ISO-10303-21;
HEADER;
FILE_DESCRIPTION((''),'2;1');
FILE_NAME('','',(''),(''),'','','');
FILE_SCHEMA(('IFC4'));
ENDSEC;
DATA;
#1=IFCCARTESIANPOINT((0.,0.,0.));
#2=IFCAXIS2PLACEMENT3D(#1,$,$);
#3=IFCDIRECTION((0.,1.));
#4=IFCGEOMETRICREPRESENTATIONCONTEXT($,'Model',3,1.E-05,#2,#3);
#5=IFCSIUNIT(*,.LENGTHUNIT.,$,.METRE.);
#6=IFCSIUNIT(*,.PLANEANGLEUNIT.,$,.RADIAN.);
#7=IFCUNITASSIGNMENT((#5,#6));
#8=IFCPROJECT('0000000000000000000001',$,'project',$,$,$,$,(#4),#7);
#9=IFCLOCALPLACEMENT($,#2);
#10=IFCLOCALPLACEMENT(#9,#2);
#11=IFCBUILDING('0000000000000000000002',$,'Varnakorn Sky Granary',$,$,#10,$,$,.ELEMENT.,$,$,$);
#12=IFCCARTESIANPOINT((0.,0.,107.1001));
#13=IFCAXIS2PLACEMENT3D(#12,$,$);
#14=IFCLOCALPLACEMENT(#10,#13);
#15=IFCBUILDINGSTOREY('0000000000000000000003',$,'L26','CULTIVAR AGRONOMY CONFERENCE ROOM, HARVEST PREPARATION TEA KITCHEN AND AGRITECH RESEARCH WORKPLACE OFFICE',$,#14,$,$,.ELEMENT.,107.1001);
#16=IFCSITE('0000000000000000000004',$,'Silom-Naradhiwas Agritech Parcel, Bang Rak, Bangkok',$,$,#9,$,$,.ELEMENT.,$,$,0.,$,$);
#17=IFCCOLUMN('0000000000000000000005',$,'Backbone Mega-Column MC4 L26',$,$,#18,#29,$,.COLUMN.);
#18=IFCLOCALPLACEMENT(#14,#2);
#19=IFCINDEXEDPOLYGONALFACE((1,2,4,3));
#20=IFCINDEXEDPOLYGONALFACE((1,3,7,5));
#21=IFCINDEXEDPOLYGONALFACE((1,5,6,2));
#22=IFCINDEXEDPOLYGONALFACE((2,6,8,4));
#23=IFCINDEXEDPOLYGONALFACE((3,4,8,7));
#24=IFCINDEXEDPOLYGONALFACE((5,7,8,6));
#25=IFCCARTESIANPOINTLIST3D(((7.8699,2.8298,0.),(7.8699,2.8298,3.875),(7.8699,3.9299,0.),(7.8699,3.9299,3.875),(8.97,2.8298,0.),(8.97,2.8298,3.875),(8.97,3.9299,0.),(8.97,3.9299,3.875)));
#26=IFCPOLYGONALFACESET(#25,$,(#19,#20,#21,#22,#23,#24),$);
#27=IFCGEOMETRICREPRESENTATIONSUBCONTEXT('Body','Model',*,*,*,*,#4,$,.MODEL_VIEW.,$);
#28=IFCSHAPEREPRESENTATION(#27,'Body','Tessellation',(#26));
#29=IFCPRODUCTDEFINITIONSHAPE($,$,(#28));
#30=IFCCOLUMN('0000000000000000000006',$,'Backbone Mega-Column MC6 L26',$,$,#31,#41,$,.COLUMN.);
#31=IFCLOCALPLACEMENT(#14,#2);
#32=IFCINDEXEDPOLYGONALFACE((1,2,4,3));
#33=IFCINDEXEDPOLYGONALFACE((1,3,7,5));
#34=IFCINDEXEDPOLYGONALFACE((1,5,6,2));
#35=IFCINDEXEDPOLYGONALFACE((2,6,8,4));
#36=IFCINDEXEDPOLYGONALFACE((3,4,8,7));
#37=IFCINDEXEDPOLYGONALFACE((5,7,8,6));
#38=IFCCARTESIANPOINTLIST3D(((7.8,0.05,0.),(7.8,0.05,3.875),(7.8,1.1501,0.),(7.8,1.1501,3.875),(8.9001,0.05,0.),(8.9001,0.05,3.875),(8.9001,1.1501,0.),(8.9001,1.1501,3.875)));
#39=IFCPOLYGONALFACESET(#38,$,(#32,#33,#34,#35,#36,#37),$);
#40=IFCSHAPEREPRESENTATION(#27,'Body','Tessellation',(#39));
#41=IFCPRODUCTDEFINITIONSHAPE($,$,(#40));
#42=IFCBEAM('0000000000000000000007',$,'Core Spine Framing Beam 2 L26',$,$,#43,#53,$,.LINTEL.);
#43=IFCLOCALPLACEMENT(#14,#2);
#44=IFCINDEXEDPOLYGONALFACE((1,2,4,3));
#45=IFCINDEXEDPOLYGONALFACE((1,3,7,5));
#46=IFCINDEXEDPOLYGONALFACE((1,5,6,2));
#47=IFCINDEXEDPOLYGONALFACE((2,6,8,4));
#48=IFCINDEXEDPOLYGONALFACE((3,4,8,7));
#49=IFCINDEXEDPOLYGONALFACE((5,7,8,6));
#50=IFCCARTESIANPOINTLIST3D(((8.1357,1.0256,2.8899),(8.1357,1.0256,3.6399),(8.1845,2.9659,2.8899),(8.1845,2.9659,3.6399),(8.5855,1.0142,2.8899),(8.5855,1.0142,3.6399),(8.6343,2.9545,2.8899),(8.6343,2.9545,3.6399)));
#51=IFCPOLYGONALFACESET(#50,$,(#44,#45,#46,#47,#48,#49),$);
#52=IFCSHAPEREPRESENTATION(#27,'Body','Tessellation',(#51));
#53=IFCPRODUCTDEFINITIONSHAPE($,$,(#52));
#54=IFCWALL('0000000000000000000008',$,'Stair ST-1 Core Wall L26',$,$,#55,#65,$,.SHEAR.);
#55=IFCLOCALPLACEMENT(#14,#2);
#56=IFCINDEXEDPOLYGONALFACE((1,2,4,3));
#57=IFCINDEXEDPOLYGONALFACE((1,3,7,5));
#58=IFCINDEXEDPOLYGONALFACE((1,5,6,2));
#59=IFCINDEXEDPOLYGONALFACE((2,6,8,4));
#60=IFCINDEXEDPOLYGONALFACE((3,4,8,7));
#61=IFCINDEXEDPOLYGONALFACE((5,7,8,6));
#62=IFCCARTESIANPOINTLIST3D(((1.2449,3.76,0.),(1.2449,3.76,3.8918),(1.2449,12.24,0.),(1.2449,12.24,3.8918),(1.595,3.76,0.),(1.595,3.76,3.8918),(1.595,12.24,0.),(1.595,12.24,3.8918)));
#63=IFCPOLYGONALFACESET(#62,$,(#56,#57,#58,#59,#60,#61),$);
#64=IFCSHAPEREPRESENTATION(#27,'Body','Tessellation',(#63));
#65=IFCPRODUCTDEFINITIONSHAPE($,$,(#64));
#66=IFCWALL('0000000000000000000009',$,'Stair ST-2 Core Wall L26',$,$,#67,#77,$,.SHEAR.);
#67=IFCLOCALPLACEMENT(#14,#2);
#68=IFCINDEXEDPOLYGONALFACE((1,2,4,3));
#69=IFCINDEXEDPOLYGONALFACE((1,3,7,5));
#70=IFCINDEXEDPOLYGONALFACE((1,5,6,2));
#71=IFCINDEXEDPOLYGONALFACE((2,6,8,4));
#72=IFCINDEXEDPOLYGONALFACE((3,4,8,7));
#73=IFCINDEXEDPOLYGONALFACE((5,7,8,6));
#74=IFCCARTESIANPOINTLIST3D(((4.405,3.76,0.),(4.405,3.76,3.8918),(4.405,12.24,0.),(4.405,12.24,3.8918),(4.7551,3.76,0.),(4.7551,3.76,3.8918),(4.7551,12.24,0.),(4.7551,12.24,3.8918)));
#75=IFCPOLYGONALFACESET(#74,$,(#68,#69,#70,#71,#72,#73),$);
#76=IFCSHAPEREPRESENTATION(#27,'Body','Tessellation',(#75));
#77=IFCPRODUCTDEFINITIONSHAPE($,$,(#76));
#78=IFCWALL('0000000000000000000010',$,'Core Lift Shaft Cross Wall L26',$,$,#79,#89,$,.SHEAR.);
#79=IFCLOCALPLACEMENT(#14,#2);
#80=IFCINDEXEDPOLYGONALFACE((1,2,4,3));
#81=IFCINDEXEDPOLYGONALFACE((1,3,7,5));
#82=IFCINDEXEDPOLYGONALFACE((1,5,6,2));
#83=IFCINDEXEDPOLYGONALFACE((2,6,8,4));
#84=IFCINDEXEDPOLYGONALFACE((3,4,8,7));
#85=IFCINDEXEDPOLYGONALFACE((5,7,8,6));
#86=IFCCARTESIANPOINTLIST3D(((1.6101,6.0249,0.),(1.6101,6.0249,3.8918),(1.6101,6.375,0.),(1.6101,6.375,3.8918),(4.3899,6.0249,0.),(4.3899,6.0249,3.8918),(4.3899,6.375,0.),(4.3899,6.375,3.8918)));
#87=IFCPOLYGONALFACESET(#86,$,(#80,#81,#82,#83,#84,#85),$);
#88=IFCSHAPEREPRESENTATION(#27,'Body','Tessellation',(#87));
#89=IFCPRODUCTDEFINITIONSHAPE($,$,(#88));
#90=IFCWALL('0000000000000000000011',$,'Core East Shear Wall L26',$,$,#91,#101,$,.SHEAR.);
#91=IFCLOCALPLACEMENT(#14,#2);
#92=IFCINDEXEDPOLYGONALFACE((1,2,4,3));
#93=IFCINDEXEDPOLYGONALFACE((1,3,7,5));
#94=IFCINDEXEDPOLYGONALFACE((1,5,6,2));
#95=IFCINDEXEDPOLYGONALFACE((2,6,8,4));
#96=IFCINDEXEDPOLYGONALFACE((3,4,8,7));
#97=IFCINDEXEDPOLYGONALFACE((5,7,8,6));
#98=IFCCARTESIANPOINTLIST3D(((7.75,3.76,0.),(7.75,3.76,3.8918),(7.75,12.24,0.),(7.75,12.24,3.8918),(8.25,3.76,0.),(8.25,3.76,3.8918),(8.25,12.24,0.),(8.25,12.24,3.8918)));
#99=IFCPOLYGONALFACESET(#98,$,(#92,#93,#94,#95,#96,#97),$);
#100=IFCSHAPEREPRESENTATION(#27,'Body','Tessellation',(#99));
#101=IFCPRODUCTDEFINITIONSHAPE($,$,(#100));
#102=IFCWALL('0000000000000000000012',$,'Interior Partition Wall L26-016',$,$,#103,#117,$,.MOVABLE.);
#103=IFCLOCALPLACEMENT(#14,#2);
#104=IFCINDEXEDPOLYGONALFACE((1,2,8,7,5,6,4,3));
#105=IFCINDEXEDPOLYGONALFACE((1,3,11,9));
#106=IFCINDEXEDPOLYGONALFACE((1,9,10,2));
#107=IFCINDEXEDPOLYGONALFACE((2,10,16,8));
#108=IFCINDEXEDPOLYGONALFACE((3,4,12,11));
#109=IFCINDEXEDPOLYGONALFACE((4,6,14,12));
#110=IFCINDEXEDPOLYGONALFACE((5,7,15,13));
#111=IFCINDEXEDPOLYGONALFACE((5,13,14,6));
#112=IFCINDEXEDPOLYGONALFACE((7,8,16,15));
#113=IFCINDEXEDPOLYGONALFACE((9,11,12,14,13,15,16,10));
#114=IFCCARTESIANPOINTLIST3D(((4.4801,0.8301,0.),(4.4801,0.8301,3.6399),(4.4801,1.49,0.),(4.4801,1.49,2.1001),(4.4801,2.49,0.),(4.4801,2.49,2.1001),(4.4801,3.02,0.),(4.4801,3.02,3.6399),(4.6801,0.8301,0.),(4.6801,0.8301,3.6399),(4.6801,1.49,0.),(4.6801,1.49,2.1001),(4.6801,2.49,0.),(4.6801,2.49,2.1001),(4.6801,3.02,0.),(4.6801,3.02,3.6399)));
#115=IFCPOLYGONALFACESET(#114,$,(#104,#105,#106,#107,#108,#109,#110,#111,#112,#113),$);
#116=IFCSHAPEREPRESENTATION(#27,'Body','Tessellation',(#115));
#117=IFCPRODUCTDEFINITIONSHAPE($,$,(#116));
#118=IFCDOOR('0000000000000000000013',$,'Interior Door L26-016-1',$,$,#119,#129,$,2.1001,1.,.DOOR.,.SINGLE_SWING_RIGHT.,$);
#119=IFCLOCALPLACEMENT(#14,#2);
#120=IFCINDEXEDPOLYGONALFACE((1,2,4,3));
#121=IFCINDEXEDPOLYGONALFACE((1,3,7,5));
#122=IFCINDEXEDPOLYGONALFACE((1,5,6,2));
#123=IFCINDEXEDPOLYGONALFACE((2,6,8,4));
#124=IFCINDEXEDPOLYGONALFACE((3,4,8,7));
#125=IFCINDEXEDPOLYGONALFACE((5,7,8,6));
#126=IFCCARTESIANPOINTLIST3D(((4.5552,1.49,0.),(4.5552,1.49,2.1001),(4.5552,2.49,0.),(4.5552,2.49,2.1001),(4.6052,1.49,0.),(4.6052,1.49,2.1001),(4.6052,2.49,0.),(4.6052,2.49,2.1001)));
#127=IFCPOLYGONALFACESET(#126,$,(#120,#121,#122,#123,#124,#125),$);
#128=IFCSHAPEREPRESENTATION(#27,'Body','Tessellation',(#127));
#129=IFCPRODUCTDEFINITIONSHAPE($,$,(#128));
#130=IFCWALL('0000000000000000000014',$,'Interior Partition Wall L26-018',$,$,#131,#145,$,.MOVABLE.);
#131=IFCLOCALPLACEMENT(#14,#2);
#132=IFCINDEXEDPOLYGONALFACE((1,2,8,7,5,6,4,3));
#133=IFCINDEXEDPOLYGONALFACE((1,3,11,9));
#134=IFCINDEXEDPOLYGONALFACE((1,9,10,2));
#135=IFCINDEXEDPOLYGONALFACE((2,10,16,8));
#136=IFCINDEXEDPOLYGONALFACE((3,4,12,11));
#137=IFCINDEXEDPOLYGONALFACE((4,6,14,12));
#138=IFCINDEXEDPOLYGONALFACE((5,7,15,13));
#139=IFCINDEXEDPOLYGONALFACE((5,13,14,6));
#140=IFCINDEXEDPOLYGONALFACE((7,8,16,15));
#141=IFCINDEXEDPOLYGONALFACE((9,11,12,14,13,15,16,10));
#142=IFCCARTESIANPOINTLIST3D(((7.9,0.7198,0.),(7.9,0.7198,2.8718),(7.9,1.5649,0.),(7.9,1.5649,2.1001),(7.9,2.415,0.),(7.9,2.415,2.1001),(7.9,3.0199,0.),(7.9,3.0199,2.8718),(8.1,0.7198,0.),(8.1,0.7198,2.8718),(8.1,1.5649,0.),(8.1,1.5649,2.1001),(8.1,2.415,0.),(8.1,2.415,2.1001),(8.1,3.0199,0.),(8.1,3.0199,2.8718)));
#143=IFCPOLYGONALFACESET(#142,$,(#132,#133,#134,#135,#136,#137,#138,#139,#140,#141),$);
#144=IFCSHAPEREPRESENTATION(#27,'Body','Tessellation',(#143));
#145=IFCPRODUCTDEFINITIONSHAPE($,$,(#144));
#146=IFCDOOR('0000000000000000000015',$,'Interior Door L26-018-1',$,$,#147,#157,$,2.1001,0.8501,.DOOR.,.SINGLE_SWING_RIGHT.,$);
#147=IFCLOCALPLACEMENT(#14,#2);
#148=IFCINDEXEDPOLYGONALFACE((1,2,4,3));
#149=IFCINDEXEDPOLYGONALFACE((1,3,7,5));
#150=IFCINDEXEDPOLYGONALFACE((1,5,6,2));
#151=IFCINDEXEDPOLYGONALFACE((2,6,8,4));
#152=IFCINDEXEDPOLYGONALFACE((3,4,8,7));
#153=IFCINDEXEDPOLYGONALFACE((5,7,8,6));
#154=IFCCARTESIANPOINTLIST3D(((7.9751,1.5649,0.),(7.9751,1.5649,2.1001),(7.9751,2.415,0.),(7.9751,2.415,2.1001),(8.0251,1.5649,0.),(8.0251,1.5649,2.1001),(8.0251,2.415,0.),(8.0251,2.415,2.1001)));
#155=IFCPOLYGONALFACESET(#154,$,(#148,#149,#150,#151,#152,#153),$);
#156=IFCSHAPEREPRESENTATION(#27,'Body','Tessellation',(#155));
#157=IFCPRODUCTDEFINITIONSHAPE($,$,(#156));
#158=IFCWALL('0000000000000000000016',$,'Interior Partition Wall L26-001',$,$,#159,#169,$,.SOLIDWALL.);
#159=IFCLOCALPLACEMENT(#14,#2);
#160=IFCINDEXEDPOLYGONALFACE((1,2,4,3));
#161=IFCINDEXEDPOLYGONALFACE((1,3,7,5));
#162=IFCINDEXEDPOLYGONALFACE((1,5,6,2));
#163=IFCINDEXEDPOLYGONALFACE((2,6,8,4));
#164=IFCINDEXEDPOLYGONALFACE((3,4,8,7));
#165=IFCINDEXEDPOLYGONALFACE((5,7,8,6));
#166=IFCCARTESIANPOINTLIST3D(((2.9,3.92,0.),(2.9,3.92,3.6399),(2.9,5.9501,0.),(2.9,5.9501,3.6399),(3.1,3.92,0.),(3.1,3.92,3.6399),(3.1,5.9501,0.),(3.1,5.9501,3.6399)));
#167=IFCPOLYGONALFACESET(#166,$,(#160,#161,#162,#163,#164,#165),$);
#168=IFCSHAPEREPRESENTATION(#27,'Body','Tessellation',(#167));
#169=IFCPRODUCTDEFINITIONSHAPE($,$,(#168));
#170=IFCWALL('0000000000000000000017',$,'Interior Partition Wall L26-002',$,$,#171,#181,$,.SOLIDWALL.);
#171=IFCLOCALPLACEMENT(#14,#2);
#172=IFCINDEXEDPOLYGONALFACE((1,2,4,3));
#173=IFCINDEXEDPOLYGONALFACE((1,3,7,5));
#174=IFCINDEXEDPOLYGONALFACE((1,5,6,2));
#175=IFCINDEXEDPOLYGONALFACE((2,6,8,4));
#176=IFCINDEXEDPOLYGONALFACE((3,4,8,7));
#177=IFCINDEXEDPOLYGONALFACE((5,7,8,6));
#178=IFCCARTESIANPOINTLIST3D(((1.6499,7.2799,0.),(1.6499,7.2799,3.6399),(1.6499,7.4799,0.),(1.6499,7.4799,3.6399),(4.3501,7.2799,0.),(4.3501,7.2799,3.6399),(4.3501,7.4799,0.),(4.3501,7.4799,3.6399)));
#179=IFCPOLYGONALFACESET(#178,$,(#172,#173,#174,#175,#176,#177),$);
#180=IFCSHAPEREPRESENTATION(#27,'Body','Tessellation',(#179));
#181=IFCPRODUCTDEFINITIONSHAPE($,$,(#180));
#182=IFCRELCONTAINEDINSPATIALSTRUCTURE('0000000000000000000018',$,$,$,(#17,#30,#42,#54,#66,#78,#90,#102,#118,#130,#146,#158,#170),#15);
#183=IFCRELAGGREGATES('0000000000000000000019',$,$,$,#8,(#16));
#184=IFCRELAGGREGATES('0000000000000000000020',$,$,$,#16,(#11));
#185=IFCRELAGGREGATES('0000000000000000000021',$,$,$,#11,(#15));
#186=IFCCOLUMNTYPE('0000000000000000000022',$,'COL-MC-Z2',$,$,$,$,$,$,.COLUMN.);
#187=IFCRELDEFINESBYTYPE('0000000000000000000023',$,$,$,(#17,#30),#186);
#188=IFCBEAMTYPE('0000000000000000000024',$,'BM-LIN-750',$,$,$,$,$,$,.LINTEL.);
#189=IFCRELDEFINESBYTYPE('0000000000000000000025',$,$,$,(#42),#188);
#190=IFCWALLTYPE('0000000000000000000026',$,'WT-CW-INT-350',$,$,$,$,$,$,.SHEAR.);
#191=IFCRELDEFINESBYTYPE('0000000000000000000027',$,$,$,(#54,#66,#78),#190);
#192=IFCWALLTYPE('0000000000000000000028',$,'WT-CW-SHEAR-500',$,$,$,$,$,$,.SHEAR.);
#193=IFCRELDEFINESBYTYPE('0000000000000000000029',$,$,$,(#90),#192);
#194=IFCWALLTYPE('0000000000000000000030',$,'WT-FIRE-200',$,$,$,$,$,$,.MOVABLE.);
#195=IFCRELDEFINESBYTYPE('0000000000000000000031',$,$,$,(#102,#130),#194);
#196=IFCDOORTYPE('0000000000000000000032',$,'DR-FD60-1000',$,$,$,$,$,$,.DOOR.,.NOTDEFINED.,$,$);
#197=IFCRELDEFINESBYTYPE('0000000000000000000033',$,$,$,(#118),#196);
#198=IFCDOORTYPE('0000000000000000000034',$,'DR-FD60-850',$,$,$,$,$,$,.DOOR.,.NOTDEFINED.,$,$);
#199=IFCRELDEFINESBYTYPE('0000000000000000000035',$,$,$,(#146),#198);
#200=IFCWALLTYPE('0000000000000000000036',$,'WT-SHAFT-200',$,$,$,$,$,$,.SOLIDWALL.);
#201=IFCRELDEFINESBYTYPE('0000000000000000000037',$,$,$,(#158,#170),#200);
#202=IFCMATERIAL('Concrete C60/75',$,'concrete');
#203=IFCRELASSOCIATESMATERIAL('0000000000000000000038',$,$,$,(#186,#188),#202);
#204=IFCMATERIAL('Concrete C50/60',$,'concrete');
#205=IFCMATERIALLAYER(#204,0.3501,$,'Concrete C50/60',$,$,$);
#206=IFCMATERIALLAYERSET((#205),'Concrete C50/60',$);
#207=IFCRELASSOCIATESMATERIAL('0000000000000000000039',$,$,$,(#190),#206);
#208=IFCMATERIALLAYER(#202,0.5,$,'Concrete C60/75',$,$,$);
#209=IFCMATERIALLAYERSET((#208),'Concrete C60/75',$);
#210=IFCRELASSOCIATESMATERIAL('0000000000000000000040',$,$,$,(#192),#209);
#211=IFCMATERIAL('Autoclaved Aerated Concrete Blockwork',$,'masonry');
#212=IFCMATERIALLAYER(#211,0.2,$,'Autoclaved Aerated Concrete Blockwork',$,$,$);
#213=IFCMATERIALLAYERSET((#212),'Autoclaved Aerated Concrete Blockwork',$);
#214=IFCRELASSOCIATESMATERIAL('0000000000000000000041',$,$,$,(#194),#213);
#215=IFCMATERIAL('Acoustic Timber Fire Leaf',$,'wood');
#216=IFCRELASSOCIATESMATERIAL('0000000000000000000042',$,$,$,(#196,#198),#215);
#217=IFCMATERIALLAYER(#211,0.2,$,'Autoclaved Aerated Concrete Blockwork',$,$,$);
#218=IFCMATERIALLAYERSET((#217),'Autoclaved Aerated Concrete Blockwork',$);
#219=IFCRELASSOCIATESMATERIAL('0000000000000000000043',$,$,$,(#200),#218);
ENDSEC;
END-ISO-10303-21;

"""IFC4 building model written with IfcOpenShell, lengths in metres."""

from ifc_helpers import new_model, si_unit, direction, frame, frame_2d, origin, origin_2d, place, context, subcontext, project, spatial, rectangle, extrude, material, layer, layer_set, material_profile, profile_set, type_object, element, fill, save


model = new_model("IFC4")

# Units and contexts
model_context = context("Model", 3, precision=1e-05, world=origin(), true_north=direction((0.0, 1.0)))
body_context = subcontext(model_context, "Body", "Model", "MODEL_VIEW")
ifc_project = project(units=[si_unit("LENGTHUNIT", "METRE"), si_unit("PLANEANGLEUNIT", "RADIAN")], contexts=[model_context])

# Site, building, storey
site_placement = place(None, origin())
site = spatial("IfcSite", under=ifc_project, at=site_placement, Name="Silom-Naradhiwas Agritech Parcel, Bang Rak, Bangkok", CompositionType="ELEMENT", RefElevation=0.0)
building_placement = place(site_placement, origin())
building = spatial("IfcBuilding", under=site, at=building_placement, Name="Varnakorn Sky Granary", CompositionType="ELEMENT")
storey_placement = place(building_placement, frame((0.0, 0.0, 107.1001)))
storey = spatial("IfcBuildingStorey", under=building, at=storey_placement, Name="L26", Description="CULTIVAR AGRONOMY CONFERENCE ROOM, HARVEST PREPARATION TEA KITCHEN AND AGRITECH RESEARCH WORKPLACE OFFICE", CompositionType="ELEMENT", Elevation=107.1001)

# Columns
ifc_material_1 = material(Name="Concrete C60/75", Category="concrete")
ifc_material_profile_1 = material_profile(ifc_material_1, rectangle(XDim=1.1001, YDim=1.1001, at=origin_2d()), Name="RC 1100x1100")
ifc_profile_set_1 = profile_set([ifc_material_profile_1], Name="Concrete C60/75")
column_type = type_object("IfcColumnType", Name="COL-MC-Z2", PredefinedType="COLUMN", material=ifc_profile_set_1)
for number, where, z_axis, x_axis, name in (
    (1, (8.4199, 3.3799, 0.0), (0.0, 0.0, 1.0), (1.0, 0.0, 0.0), "Backbone Mega-Column MC4 L26"),
    (2, (8.3501, 0.6001, 0.0), (0.0, 0.0, 1.0), (1.0, 0.0, 0.0), "Backbone Mega-Column MC6 L26"),
):
    element("IfcColumn", number, at=place(storey_placement, frame(where, z_axis=z_axis, x_axis=x_axis)), inside=storey, type_object=column_type, Name=name, PredefinedType="COLUMN", context=body_context, shape_type="SweptSolid", body=[
        extrude(rectangle(XDim=1.1001, YDim=1.1001, at=origin_2d()), origin(), (0.0, 0.0, 1.0), 3.875),
    ])

# Beam
ifc_material_profile_2 = material_profile(ifc_material_1, rectangle(XDim=0.45, YDim=0.75, at=origin_2d()), Name="RC 450x750")
ifc_profile_set_2 = profile_set([ifc_material_profile_2], Name="Concrete C60/75")
beam_type = type_object("IfcBeamType", Name="BM-LIN-750", PredefinedType="LINTEL", material=ifc_profile_set_2)
beam_placement = place(storey_placement, frame((8.4094, 2.9602, 3.2649), z_axis=(-0.025159, -0.999683, 0.0), x_axis=(0.999683, -0.025159, 0.0)))
element("IfcBeam", 3, at=beam_placement, inside=storey, type_object=beam_type, Name="Core Spine Framing Beam 2 L26", PredefinedType="LINTEL", context=body_context, shape_type="SweptSolid", body=[
    extrude(rectangle(XDim=0.45, YDim=0.75, at=origin_2d()), origin(), (0.0, 0.0, 1.0), 1.9409),
])

# Walls
ifc_material_2 = material(Name="Concrete C50/60", Category="concrete")
ifc_layer_1 = layer(ifc_material_2, 0.3501, Name="Concrete C50/60")
ifc_layer_set_1 = layer_set([ifc_layer_1], Name="Concrete C50/60")
wall_type_1 = type_object("IfcWallType", Name="WT-CW-INT-350", PredefinedType="SHEAR", material=ifc_layer_set_1)
for number, where, z_axis, x_axis, name in (
    (4, (1.4199, 3.76, 0.0), (0.0, 0.0, 1.0), (0.0, 1.0, 0.0), "Stair ST-1 Core Wall L26"),
    (5, (4.5801, 3.76, 0.0), (0.0, 0.0, 1.0), (0.0, 1.0, 0.0), "Stair ST-2 Core Wall L26"),
):
    element("IfcWall", number, at=place(storey_placement, frame(where, z_axis=z_axis, x_axis=x_axis)), inside=storey, type_object=wall_type_1, Name=name, PredefinedType="SHEAR", context=body_context, shape_type="SweptSolid", body=[
        extrude(rectangle(XDim=8.48, YDim=0.3501, at=frame_2d((4.24, 0.0))), origin(), (0.0, 0.0, 1.0), 3.8918),
    ])
wall_1_placement = place(storey_placement, frame((1.6101, 6.2, 0.0), z_axis=(0.0, 0.0, 1.0), x_axis=(1.0, 0.0, 0.0)))
element("IfcWall", 6, at=wall_1_placement, inside=storey, type_object=wall_type_1, Name="Core Lift Shaft Cross Wall L26", PredefinedType="SHEAR", context=body_context, shape_type="SweptSolid", body=[
    extrude(rectangle(XDim=2.7798, YDim=0.3501, at=frame_2d((1.3899, 0.0))), origin(), (0.0, 0.0, 1.0), 3.8918),
])
ifc_layer_2 = layer(ifc_material_1, 0.5, Name="Concrete C60/75")
ifc_layer_set_2 = layer_set([ifc_layer_2], Name="Concrete C60/75")
wall_type_2 = type_object("IfcWallType", Name="WT-CW-SHEAR-500", PredefinedType="SHEAR", material=ifc_layer_set_2)
wall_2_placement = place(storey_placement, frame((8.0, 3.76, 0.0), z_axis=(0.0, 0.0, 1.0), x_axis=(0.0, 1.0, 0.0)))
element("IfcWall", 7, at=wall_2_placement, inside=storey, type_object=wall_type_2, Name="Core East Shear Wall L26", PredefinedType="SHEAR", context=body_context, shape_type="SweptSolid", body=[
    extrude(rectangle(XDim=8.48, YDim=0.5, at=frame_2d((4.24, 0.0))), origin(), (0.0, 0.0, 1.0), 3.8918),
])

# Walls, openings, doors
ifc_material_3 = material(Name="Autoclaved Aerated Concrete Blockwork", Category="masonry")
ifc_layer_3 = layer(ifc_material_3, 0.2, Name="Autoclaved Aerated Concrete Blockwork")
ifc_layer_set_3 = layer_set([ifc_layer_3], Name="Autoclaved Aerated Concrete Blockwork")
wall_type_3 = type_object("IfcWallType", Name="WT-FIRE-200", PredefinedType="MOVABLE", material=ifc_layer_set_3)
wall_3_placement = place(storey_placement, frame((4.5801, 0.8301, 0.0), z_axis=(0.0, 0.0, 1.0), x_axis=(0.0, 1.0, 0.0)))
wall_3 = element("IfcWall", 8, at=wall_3_placement, inside=storey, type_object=wall_type_3, Name="Interior Partition Wall L26-016", PredefinedType="MOVABLE", context=body_context, shape_type="SweptSolid", body=[
    extrude(rectangle(XDim=2.1899, YDim=0.2, at=frame_2d((1.095, 0.0))), origin(), (0.0, 0.0, 1.0), 3.6399),
])
opening_1_placement = place(wall_3_placement, frame((0.6599, 0.0, 0.0)))
opening_1 = element("IfcOpeningElement", 9, at=opening_1_placement, cuts=wall_3, PredefinedType="OPENING", context=body_context, shape_type="SweptSolid", body=[
    extrude(rectangle(XDim=1.0, YDim=2.1001, at=frame_2d((0.5, 1.05))), frame((0.0, 0.1099, 0.0), z_axis=(0.0, -1.0, 0.0), x_axis=(1.0, 0.0, 0.0)), (0.0, 0.0, 1.0), 0.22),
])
ifc_material_4 = material(Name="Acoustic Timber Fire Leaf", Category="wood")
door_type_1 = type_object("IfcDoorType", Name="DR-FD60-1000", OperationType="NOTDEFINED", PredefinedType="DOOR", material=ifc_material_4)
door_1_placement = place(opening_1_placement, origin())
door_1 = element("IfcDoor", 10, at=door_1_placement, inside=storey, type_object=door_type_1, Name="Interior Door L26-016-1", OperationType="SINGLE_SWING_RIGHT", OverallHeight=2.1001, OverallWidth=1.0, PredefinedType="DOOR", context=body_context, shape_type="SweptSolid", body=[
    extrude(rectangle(XDim=1.0, YDim=2.1001, at=frame_2d((0.5, 1.05))), frame((0.0, 0.0249, 0.0), z_axis=(0.0, -1.0, 0.0), x_axis=(1.0, 0.0, 0.0)), (0.0, 0.0, 1.0), 0.05),
])
fill(opening_1, door_1)
wall_4_placement = place(storey_placement, frame((8.0, 0.72, 0.0), z_axis=(0.0, 0.0, 1.0), x_axis=(0.0, 1.0, 0.0)))
wall_4 = element("IfcWall", 11, at=wall_4_placement, inside=storey, type_object=wall_type_3, Name="Interior Partition Wall L26-018", PredefinedType="MOVABLE", context=body_context, shape_type="SweptSolid", body=[
    extrude(rectangle(XDim=2.3, YDim=0.2, at=frame_2d((1.1499, 0.0))), origin(), (0.0, 0.0, 1.0), 2.8718),
])
opening_2_placement = place(wall_4_placement, frame((0.845, 0.0, 0.0)))
opening_2 = element("IfcOpeningElement", 12, at=opening_2_placement, cuts=wall_4, PredefinedType="OPENING", context=body_context, shape_type="SweptSolid", body=[
    extrude(rectangle(XDim=0.8501, YDim=2.1001, at=frame_2d((0.425, 1.05))), frame((0.0, 0.1099, 0.0), z_axis=(0.0, -1.0, 0.0), x_axis=(1.0, 0.0, 0.0)), (0.0, 0.0, 1.0), 0.22),
])
door_type_2 = type_object("IfcDoorType", Name="DR-FD60-850", OperationType="NOTDEFINED", PredefinedType="DOOR", material=ifc_material_4)
door_2_placement = place(opening_2_placement, origin())
door_2 = element("IfcDoor", 13, at=door_2_placement, inside=storey, type_object=door_type_2, Name="Interior Door L26-018-1", OperationType="SINGLE_SWING_RIGHT", OverallHeight=2.1001, OverallWidth=0.8501, PredefinedType="DOOR", context=body_context, shape_type="SweptSolid", body=[
    extrude(rectangle(XDim=0.8501, YDim=2.1001, at=frame_2d((0.425, 1.05))), frame((0.0, 0.0249, 0.0), z_axis=(0.0, -1.0, 0.0), x_axis=(1.0, 0.0, 0.0)), (0.0, 0.0, 1.0), 0.05),
])
fill(opening_2, door_2)

# Walls
ifc_layer_4 = layer(ifc_material_3, 0.2, Name="Autoclaved Aerated Concrete Blockwork")
ifc_layer_set_4 = layer_set([ifc_layer_4], Name="Autoclaved Aerated Concrete Blockwork")
wall_type_4 = type_object("IfcWallType", Name="WT-SHAFT-200", PredefinedType="SOLIDWALL", material=ifc_layer_set_4)
wall_5_placement = place(storey_placement, frame((3.0, 3.9199, 0.0), z_axis=(0.0, 0.0, 1.0), x_axis=(0.0, 1.0, 0.0)))
element("IfcWall", 14, at=wall_5_placement, inside=storey, type_object=wall_type_4, Name="Interior Partition Wall L26-001", PredefinedType="SOLIDWALL", context=body_context, shape_type="SweptSolid", body=[
    extrude(rectangle(XDim=2.03, YDim=0.2, at=frame_2d((1.0151, 0.0))), origin(), (0.0, 0.0, 1.0), 3.6399),
])
wall_6_placement = place(storey_placement, frame((1.6499, 7.3799, 0.0), z_axis=(0.0, 0.0, 1.0), x_axis=(1.0, 0.0, 0.0)))
element("IfcWall", 15, at=wall_6_placement, inside=storey, type_object=wall_type_4, Name="Interior Partition Wall L26-002", PredefinedType="SOLIDWALL", context=body_context, shape_type="SweptSolid", body=[
    extrude(rectangle(XDim=2.7002, YDim=0.2, at=frame_2d((1.3501, 0.0))), origin(), (0.0, 0.0, 1.0), 3.6399),
])

save(model, "model.ifc")
